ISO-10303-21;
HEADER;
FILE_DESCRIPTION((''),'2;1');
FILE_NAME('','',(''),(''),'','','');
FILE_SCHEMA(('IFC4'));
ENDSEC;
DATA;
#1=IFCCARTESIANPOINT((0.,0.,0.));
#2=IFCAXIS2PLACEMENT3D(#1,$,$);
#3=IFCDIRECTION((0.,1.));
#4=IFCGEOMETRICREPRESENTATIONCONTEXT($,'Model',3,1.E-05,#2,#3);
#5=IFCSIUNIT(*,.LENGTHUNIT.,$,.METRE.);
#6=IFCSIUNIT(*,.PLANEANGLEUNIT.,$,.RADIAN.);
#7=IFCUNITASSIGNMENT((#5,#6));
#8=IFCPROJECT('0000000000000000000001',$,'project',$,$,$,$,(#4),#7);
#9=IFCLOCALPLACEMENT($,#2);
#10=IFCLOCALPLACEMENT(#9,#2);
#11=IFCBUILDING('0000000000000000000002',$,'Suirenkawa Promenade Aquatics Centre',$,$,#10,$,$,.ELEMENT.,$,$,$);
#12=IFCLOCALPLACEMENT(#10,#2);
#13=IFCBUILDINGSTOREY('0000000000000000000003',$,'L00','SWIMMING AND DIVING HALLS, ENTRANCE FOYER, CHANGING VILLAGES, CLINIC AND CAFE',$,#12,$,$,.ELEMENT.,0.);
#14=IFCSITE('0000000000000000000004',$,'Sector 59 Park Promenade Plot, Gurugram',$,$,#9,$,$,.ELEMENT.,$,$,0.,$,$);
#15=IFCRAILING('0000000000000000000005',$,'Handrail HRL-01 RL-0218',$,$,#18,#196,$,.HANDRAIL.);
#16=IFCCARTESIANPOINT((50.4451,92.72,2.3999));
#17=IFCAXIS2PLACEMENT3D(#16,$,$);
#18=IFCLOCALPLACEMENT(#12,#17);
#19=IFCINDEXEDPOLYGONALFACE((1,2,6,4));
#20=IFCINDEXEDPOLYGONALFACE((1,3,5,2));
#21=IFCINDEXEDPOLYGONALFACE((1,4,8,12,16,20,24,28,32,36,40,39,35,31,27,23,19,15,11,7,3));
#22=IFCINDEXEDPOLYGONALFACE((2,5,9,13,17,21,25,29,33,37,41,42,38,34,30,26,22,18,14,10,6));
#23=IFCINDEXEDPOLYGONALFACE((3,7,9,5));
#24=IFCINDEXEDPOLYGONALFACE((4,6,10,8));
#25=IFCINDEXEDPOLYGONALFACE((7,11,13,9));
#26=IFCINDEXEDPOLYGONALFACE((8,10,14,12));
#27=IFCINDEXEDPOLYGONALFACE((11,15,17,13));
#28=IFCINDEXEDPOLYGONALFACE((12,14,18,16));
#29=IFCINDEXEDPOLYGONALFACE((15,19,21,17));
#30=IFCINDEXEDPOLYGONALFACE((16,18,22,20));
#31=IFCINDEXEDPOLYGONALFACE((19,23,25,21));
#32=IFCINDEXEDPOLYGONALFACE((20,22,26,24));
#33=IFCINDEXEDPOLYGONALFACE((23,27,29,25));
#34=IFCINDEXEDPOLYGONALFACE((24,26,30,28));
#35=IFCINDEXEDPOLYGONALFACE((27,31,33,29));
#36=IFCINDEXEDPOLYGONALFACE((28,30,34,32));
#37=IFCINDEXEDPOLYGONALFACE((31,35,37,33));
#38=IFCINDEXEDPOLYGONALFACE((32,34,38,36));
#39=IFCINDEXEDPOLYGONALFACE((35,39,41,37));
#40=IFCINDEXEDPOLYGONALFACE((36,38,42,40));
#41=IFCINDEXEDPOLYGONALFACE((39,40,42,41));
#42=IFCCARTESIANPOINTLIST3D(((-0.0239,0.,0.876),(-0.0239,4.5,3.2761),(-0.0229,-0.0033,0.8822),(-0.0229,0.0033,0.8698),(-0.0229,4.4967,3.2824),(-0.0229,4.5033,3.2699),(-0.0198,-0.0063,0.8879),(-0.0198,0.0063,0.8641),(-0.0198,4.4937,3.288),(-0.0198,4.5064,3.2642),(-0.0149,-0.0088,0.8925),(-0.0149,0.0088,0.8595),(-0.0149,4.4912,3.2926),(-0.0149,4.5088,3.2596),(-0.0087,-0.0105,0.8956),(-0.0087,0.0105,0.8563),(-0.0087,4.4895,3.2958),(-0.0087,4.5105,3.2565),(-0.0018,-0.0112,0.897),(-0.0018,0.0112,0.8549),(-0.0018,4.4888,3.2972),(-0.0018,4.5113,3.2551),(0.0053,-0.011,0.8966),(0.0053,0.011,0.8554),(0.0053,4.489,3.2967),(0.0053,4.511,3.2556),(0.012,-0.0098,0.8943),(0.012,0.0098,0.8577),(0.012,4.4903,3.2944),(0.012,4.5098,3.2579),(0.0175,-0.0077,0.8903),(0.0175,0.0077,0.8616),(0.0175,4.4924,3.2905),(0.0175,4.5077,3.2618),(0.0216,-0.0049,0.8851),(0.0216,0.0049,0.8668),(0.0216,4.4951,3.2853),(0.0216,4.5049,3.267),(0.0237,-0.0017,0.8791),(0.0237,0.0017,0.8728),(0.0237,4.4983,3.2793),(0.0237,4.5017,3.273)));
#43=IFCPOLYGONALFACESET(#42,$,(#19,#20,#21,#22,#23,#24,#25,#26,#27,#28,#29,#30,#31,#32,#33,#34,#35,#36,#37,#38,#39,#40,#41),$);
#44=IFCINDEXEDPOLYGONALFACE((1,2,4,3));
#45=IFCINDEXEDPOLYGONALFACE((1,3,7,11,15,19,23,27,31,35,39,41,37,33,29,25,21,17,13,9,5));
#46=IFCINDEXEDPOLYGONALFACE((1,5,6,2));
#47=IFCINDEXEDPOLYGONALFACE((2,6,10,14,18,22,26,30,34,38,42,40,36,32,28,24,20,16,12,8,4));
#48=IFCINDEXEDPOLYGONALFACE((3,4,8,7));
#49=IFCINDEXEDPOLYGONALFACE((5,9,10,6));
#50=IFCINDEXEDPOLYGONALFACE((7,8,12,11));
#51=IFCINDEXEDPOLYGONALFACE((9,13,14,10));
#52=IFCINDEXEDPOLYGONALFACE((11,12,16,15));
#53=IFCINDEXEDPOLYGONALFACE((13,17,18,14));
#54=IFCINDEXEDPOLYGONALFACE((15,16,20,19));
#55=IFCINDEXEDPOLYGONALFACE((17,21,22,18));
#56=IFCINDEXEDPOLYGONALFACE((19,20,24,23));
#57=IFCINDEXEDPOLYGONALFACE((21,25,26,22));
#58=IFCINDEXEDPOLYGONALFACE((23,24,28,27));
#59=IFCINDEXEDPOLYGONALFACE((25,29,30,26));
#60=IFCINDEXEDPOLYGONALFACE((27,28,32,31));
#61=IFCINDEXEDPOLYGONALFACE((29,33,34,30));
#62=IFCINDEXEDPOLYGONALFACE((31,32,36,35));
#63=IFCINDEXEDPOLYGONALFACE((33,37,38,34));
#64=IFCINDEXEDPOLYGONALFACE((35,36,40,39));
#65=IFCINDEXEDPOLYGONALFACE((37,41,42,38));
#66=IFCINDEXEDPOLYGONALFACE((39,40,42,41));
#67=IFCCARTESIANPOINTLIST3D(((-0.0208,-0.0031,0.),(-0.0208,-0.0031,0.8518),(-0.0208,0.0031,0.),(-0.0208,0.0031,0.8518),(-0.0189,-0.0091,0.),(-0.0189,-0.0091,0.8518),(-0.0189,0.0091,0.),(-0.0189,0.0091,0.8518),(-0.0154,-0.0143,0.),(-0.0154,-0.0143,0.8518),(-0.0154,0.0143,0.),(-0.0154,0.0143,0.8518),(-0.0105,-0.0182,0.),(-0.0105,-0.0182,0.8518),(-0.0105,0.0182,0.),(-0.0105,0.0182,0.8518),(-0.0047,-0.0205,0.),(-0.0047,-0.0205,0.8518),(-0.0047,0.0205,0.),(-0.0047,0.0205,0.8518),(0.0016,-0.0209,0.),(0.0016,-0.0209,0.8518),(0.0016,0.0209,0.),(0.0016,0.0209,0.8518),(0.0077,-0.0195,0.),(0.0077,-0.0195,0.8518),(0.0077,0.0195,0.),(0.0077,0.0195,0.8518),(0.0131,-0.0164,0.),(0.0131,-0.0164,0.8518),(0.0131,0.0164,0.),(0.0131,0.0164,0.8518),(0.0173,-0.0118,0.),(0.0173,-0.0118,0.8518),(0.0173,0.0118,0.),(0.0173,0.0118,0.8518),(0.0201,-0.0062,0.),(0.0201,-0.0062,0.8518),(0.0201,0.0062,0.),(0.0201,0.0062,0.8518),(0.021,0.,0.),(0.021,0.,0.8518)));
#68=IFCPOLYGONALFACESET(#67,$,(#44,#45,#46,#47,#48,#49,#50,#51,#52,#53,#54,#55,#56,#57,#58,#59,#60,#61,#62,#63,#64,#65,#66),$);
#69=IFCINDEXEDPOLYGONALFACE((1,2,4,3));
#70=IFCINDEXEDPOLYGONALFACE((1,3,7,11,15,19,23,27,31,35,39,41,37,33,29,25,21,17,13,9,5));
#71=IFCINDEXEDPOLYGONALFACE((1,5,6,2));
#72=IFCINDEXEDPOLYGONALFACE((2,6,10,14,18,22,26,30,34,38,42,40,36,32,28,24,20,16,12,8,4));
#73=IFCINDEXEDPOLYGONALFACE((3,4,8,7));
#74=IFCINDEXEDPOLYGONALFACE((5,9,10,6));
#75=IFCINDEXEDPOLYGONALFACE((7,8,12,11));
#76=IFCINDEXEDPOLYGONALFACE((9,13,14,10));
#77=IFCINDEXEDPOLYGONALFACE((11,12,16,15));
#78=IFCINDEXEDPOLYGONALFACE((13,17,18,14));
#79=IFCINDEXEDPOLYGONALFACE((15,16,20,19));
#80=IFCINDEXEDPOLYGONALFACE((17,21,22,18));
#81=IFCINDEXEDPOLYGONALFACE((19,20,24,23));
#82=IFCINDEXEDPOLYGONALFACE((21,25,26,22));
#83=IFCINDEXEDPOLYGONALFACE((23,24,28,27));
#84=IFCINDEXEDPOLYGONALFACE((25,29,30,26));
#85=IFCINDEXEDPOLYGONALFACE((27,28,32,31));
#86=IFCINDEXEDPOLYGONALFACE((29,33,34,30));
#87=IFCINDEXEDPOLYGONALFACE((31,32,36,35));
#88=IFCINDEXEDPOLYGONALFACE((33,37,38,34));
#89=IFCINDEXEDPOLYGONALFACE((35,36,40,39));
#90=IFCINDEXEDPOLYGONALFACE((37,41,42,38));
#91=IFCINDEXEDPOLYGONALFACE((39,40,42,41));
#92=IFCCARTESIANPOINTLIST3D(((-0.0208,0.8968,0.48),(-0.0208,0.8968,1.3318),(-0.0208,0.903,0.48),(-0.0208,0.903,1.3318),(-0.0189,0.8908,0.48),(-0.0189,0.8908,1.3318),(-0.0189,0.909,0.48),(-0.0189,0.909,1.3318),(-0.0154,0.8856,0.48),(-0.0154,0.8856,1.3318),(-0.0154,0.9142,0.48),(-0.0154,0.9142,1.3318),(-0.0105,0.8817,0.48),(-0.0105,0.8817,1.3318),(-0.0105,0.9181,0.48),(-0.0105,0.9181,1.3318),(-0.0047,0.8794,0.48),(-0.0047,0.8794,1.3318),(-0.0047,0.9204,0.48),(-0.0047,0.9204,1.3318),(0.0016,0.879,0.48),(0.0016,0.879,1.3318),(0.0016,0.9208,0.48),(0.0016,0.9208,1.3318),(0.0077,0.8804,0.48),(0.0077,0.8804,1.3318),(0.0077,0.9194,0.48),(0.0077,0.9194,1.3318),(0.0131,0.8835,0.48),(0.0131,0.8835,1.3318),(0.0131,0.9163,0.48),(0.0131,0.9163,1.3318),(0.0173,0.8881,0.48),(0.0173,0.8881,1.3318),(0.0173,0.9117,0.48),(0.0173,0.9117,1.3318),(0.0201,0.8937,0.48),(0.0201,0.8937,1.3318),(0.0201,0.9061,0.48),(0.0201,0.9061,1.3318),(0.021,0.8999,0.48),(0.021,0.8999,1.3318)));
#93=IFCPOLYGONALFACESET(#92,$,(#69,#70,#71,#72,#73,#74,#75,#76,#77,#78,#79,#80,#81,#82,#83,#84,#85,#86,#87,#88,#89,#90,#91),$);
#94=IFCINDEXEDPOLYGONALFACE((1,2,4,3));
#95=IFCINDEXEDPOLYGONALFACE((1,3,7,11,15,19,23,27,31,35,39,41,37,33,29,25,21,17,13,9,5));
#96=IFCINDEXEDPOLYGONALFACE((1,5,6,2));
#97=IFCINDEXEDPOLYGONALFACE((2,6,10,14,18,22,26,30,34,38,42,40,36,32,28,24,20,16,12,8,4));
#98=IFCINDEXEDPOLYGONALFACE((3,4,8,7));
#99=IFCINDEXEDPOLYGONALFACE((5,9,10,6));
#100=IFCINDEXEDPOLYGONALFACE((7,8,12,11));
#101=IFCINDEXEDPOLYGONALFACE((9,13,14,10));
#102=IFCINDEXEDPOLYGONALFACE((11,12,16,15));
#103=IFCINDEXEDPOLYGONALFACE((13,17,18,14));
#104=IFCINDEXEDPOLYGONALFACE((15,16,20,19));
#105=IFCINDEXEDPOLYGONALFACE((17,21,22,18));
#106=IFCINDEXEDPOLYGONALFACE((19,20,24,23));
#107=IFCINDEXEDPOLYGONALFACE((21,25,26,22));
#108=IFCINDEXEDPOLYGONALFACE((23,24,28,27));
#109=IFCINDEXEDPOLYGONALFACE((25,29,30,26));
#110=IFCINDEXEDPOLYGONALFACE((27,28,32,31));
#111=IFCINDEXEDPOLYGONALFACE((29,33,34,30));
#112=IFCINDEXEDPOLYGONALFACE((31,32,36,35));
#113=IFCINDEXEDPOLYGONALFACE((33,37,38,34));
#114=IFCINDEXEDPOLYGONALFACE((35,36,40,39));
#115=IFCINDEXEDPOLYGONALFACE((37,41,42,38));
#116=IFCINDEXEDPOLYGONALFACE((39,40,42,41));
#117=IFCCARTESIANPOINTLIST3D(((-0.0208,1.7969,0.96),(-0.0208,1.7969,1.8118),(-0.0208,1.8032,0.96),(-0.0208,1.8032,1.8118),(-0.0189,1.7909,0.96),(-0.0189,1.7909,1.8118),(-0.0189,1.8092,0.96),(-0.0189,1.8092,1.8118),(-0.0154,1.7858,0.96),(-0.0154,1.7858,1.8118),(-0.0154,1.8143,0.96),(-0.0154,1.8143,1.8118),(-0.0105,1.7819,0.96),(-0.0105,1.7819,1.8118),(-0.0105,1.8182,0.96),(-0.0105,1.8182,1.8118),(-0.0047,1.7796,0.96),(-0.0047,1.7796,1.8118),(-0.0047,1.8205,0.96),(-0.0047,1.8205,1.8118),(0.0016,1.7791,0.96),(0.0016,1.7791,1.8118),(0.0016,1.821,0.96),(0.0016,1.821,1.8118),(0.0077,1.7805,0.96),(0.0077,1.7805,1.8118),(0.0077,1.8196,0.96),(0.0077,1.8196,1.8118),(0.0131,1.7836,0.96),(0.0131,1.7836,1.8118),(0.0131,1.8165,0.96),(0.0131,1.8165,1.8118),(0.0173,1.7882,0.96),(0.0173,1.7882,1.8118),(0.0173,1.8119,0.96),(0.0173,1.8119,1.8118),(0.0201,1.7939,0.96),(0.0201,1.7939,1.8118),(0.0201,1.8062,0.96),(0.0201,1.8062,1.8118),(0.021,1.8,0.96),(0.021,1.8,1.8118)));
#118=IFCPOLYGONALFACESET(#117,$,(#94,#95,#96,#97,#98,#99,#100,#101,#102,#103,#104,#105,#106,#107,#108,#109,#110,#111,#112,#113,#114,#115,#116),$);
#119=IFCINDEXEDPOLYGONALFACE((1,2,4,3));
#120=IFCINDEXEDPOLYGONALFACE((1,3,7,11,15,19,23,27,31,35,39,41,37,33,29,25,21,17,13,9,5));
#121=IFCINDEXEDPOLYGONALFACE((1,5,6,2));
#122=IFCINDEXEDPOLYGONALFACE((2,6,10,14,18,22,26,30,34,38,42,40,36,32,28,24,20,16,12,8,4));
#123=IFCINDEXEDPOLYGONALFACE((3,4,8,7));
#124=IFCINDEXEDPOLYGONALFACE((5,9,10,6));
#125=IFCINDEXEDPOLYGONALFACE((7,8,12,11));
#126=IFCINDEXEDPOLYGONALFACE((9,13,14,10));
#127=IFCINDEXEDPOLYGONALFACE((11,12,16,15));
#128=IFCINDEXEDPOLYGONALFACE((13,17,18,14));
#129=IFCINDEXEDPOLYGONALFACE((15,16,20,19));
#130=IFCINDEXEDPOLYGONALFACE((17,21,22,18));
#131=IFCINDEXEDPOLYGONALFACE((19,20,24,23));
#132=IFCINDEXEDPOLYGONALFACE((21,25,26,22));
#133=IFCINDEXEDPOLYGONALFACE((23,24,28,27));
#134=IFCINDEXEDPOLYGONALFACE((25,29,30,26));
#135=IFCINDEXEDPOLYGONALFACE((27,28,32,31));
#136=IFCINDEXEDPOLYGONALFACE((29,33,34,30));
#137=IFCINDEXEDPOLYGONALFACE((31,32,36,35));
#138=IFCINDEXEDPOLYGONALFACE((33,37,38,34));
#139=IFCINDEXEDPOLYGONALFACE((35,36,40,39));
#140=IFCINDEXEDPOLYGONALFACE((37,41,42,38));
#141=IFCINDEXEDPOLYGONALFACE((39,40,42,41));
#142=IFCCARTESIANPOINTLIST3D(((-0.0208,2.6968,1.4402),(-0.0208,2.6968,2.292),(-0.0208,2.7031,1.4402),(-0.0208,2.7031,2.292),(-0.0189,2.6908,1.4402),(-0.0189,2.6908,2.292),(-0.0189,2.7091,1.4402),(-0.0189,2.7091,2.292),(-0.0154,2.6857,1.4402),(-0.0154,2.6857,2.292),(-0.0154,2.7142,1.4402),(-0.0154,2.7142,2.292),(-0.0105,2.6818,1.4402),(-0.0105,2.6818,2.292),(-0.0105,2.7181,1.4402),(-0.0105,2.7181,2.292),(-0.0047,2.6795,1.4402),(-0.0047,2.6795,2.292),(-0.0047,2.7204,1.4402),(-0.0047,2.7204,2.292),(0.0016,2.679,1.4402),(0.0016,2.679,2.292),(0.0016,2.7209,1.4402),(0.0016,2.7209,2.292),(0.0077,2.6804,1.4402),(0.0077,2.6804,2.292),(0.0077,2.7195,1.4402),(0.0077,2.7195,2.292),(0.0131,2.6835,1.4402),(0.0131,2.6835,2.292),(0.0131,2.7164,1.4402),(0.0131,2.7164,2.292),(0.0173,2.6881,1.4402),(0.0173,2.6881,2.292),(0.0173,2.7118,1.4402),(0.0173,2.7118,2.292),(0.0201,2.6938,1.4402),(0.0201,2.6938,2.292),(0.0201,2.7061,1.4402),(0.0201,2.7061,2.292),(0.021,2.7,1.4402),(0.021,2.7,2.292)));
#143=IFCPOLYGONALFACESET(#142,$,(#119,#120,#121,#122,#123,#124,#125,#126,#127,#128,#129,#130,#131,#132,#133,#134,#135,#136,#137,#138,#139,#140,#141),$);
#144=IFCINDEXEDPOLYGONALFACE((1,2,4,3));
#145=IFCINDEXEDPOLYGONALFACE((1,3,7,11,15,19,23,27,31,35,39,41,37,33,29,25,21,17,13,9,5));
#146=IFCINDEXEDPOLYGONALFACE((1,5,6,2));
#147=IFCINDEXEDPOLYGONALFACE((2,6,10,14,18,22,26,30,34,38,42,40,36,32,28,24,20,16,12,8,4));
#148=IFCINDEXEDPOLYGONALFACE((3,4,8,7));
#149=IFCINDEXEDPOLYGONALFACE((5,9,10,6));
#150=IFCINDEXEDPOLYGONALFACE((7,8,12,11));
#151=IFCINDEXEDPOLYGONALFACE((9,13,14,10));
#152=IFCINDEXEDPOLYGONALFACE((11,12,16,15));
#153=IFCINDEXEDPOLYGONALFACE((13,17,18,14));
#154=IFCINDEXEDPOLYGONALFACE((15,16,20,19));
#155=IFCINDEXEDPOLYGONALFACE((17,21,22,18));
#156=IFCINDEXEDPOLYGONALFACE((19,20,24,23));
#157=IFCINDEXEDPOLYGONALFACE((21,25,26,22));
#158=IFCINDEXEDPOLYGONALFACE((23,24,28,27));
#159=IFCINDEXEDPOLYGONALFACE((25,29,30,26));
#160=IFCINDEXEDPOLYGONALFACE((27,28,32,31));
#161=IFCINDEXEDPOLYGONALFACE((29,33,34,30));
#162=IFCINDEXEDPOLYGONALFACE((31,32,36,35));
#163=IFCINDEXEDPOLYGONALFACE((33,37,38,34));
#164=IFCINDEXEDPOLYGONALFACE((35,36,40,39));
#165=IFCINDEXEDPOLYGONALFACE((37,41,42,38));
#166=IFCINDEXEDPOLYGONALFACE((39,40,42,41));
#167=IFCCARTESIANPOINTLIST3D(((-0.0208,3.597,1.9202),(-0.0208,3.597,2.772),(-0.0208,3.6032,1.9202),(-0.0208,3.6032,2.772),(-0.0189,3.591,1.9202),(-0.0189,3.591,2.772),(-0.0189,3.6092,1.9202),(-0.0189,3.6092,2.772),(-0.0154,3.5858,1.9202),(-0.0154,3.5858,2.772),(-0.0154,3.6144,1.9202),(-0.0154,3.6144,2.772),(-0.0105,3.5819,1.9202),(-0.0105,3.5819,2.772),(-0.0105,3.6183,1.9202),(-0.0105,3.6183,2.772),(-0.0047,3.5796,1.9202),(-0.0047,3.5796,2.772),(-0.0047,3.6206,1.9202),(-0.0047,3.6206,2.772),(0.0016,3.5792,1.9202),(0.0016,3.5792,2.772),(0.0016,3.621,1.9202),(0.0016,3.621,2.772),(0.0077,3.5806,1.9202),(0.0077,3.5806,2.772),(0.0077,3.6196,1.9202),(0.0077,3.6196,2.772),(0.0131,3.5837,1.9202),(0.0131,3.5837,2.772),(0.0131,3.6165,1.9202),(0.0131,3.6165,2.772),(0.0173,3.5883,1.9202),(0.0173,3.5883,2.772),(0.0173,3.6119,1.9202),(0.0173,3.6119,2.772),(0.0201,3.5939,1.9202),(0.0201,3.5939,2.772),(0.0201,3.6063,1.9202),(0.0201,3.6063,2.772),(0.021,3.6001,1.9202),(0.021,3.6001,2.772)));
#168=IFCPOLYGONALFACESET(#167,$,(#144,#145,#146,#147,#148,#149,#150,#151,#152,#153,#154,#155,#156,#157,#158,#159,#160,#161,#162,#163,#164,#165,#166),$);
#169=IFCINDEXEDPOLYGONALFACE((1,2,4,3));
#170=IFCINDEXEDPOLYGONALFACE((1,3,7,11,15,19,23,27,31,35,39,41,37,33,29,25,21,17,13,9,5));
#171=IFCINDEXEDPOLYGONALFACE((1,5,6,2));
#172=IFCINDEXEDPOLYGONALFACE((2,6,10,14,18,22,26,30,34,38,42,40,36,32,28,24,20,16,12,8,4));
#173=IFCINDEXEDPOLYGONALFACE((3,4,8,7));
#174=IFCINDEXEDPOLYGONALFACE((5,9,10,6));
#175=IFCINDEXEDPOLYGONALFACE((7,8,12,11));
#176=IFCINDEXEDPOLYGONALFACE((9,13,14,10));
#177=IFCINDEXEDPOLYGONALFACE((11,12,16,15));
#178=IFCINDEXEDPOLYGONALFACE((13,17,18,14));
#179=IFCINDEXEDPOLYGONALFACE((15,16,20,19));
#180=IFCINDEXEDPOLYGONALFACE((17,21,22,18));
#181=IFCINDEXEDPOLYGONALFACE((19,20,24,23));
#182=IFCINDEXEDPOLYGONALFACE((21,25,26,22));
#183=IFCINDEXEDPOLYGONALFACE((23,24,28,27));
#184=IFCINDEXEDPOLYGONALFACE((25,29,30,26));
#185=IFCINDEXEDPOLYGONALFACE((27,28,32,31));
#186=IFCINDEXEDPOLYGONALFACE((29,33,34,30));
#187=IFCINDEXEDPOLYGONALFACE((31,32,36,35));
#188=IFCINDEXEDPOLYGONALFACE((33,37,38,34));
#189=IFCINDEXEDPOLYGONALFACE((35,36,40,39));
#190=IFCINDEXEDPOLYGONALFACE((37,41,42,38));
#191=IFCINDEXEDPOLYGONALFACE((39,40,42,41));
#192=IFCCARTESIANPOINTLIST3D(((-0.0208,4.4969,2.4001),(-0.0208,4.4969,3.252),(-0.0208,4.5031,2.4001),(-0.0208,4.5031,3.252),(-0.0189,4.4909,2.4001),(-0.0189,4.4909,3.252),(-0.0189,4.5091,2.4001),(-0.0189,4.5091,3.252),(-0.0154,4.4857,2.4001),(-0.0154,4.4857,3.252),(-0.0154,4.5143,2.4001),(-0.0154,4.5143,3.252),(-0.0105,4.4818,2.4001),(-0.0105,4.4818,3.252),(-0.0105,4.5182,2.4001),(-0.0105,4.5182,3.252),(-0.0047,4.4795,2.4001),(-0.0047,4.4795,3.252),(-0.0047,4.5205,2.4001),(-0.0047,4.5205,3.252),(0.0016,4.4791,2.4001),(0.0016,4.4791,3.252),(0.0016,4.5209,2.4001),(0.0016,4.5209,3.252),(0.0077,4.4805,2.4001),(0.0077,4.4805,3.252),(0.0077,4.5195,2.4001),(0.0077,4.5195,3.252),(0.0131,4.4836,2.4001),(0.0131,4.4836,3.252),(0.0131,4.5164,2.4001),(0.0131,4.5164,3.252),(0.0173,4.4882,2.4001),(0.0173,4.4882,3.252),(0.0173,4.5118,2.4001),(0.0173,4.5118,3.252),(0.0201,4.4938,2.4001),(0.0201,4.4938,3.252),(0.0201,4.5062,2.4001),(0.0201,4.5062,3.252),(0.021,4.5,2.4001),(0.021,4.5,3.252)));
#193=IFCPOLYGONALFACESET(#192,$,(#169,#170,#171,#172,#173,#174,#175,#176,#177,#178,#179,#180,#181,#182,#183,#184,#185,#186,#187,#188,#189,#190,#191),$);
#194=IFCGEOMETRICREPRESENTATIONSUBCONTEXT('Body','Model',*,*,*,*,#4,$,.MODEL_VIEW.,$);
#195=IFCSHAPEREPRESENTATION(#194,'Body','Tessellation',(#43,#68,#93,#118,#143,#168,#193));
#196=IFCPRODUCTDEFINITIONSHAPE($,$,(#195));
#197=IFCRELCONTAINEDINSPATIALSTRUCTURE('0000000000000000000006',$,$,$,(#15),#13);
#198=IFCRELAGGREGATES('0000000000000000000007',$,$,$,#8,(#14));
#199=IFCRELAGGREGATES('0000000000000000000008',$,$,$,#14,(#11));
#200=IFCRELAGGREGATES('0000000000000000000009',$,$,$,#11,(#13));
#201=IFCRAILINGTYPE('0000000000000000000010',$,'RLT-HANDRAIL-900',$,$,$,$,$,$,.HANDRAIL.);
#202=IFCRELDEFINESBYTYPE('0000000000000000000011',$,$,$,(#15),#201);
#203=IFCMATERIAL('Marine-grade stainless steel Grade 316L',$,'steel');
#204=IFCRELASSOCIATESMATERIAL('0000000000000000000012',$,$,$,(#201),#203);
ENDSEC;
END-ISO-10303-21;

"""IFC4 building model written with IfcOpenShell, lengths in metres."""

from ifc_helpers import new_model, si_unit, direction, frame, origin, origin_2d, place, context, subcontext, project, spatial, circle, extrude, material, type_object, element, save


model = new_model("IFC4")

# Units and contexts
model_context = context("Model", 3, precision=1e-05, world=origin(), true_north=direction((0.0, 1.0)))
body_context = subcontext(model_context, "Body", "Model", "MODEL_VIEW")
ifc_project = project(units=[si_unit("LENGTHUNIT", "METRE"), si_unit("PLANEANGLEUNIT", "RADIAN")], contexts=[model_context])

# Site, building, storey
site_placement = place(None, origin())
site = spatial("IfcSite", under=ifc_project, at=site_placement, Name="Sector 59 Park Promenade Plot, Gurugram", CompositionType="ELEMENT", RefElevation=0.0)
building_placement = place(site_placement, origin())
building = spatial("IfcBuilding", under=site, at=building_placement, Name="Suirenkawa Promenade Aquatics Centre", CompositionType="ELEMENT")
storey_placement = place(building_placement, origin())
storey = spatial("IfcBuildingStorey", under=building, at=storey_placement, Name="L00", Description="SWIMMING AND DIVING HALLS, ENTRANCE FOYER, CHANGING VILLAGES, CLINIC AND CAFE", CompositionType="ELEMENT", Elevation=0.0)

# Railing
ifc_material_1 = material(Name="Marine-grade stainless steel Grade 316L", Category="steel")
railing_type_1 = type_object("IfcRailingType", Name="RLT-HANDRAIL-900", PredefinedType="HANDRAIL", material=ifc_material_1)
for number, where, name in (
    (1, (50.4451, 92.72, 2.3999), "Handrail HRL-01 RL-0218"),
):
    element("IfcRailing", number, at=place(storey_placement, frame(where)), inside=storey, type_object=railing_type_1, Name=name, PredefinedType="HANDRAIL", context=body_context, shape_type="SweptSolid", body=[
        extrude(circle(Radius=0.0239, at=origin_2d()), frame((0.0, 0.0, 0.876), z_axis=(0.0, 0.882341, 0.470611), x_axis=(-1.0, 0.0, 0.0)), (0.0, 0.0, 1.0), 5.1001),
        extrude(circle(Radius=0.021, at=origin_2d()), origin(), (0.0, 0.0, 1.0), 0.8518),
        extrude(circle(Radius=0.021, at=origin_2d()), frame((0.0, 0.8999, 0.48)), (0.0, 0.0, 1.0), 0.8518),
        extrude(circle(Radius=0.021, at=origin_2d()), frame((0.0, 1.8, 0.96)), (0.0, 0.0, 1.0), 0.8518),
        extrude(circle(Radius=0.021, at=origin_2d()), frame((0.0, 2.7, 1.4402)), (0.0, 0.0, 1.0), 0.8518),
        extrude(circle(Radius=0.021, at=origin_2d()), frame((0.0, 3.6001, 1.9202)), (0.0, 0.0, 1.0), 0.8518),
        extrude(circle(Radius=0.021, at=origin_2d()), frame((0.0, 4.5, 2.4001)), (0.0, 0.0, 1.0), 0.8518),
    ])

save(model, "model.ifc")
